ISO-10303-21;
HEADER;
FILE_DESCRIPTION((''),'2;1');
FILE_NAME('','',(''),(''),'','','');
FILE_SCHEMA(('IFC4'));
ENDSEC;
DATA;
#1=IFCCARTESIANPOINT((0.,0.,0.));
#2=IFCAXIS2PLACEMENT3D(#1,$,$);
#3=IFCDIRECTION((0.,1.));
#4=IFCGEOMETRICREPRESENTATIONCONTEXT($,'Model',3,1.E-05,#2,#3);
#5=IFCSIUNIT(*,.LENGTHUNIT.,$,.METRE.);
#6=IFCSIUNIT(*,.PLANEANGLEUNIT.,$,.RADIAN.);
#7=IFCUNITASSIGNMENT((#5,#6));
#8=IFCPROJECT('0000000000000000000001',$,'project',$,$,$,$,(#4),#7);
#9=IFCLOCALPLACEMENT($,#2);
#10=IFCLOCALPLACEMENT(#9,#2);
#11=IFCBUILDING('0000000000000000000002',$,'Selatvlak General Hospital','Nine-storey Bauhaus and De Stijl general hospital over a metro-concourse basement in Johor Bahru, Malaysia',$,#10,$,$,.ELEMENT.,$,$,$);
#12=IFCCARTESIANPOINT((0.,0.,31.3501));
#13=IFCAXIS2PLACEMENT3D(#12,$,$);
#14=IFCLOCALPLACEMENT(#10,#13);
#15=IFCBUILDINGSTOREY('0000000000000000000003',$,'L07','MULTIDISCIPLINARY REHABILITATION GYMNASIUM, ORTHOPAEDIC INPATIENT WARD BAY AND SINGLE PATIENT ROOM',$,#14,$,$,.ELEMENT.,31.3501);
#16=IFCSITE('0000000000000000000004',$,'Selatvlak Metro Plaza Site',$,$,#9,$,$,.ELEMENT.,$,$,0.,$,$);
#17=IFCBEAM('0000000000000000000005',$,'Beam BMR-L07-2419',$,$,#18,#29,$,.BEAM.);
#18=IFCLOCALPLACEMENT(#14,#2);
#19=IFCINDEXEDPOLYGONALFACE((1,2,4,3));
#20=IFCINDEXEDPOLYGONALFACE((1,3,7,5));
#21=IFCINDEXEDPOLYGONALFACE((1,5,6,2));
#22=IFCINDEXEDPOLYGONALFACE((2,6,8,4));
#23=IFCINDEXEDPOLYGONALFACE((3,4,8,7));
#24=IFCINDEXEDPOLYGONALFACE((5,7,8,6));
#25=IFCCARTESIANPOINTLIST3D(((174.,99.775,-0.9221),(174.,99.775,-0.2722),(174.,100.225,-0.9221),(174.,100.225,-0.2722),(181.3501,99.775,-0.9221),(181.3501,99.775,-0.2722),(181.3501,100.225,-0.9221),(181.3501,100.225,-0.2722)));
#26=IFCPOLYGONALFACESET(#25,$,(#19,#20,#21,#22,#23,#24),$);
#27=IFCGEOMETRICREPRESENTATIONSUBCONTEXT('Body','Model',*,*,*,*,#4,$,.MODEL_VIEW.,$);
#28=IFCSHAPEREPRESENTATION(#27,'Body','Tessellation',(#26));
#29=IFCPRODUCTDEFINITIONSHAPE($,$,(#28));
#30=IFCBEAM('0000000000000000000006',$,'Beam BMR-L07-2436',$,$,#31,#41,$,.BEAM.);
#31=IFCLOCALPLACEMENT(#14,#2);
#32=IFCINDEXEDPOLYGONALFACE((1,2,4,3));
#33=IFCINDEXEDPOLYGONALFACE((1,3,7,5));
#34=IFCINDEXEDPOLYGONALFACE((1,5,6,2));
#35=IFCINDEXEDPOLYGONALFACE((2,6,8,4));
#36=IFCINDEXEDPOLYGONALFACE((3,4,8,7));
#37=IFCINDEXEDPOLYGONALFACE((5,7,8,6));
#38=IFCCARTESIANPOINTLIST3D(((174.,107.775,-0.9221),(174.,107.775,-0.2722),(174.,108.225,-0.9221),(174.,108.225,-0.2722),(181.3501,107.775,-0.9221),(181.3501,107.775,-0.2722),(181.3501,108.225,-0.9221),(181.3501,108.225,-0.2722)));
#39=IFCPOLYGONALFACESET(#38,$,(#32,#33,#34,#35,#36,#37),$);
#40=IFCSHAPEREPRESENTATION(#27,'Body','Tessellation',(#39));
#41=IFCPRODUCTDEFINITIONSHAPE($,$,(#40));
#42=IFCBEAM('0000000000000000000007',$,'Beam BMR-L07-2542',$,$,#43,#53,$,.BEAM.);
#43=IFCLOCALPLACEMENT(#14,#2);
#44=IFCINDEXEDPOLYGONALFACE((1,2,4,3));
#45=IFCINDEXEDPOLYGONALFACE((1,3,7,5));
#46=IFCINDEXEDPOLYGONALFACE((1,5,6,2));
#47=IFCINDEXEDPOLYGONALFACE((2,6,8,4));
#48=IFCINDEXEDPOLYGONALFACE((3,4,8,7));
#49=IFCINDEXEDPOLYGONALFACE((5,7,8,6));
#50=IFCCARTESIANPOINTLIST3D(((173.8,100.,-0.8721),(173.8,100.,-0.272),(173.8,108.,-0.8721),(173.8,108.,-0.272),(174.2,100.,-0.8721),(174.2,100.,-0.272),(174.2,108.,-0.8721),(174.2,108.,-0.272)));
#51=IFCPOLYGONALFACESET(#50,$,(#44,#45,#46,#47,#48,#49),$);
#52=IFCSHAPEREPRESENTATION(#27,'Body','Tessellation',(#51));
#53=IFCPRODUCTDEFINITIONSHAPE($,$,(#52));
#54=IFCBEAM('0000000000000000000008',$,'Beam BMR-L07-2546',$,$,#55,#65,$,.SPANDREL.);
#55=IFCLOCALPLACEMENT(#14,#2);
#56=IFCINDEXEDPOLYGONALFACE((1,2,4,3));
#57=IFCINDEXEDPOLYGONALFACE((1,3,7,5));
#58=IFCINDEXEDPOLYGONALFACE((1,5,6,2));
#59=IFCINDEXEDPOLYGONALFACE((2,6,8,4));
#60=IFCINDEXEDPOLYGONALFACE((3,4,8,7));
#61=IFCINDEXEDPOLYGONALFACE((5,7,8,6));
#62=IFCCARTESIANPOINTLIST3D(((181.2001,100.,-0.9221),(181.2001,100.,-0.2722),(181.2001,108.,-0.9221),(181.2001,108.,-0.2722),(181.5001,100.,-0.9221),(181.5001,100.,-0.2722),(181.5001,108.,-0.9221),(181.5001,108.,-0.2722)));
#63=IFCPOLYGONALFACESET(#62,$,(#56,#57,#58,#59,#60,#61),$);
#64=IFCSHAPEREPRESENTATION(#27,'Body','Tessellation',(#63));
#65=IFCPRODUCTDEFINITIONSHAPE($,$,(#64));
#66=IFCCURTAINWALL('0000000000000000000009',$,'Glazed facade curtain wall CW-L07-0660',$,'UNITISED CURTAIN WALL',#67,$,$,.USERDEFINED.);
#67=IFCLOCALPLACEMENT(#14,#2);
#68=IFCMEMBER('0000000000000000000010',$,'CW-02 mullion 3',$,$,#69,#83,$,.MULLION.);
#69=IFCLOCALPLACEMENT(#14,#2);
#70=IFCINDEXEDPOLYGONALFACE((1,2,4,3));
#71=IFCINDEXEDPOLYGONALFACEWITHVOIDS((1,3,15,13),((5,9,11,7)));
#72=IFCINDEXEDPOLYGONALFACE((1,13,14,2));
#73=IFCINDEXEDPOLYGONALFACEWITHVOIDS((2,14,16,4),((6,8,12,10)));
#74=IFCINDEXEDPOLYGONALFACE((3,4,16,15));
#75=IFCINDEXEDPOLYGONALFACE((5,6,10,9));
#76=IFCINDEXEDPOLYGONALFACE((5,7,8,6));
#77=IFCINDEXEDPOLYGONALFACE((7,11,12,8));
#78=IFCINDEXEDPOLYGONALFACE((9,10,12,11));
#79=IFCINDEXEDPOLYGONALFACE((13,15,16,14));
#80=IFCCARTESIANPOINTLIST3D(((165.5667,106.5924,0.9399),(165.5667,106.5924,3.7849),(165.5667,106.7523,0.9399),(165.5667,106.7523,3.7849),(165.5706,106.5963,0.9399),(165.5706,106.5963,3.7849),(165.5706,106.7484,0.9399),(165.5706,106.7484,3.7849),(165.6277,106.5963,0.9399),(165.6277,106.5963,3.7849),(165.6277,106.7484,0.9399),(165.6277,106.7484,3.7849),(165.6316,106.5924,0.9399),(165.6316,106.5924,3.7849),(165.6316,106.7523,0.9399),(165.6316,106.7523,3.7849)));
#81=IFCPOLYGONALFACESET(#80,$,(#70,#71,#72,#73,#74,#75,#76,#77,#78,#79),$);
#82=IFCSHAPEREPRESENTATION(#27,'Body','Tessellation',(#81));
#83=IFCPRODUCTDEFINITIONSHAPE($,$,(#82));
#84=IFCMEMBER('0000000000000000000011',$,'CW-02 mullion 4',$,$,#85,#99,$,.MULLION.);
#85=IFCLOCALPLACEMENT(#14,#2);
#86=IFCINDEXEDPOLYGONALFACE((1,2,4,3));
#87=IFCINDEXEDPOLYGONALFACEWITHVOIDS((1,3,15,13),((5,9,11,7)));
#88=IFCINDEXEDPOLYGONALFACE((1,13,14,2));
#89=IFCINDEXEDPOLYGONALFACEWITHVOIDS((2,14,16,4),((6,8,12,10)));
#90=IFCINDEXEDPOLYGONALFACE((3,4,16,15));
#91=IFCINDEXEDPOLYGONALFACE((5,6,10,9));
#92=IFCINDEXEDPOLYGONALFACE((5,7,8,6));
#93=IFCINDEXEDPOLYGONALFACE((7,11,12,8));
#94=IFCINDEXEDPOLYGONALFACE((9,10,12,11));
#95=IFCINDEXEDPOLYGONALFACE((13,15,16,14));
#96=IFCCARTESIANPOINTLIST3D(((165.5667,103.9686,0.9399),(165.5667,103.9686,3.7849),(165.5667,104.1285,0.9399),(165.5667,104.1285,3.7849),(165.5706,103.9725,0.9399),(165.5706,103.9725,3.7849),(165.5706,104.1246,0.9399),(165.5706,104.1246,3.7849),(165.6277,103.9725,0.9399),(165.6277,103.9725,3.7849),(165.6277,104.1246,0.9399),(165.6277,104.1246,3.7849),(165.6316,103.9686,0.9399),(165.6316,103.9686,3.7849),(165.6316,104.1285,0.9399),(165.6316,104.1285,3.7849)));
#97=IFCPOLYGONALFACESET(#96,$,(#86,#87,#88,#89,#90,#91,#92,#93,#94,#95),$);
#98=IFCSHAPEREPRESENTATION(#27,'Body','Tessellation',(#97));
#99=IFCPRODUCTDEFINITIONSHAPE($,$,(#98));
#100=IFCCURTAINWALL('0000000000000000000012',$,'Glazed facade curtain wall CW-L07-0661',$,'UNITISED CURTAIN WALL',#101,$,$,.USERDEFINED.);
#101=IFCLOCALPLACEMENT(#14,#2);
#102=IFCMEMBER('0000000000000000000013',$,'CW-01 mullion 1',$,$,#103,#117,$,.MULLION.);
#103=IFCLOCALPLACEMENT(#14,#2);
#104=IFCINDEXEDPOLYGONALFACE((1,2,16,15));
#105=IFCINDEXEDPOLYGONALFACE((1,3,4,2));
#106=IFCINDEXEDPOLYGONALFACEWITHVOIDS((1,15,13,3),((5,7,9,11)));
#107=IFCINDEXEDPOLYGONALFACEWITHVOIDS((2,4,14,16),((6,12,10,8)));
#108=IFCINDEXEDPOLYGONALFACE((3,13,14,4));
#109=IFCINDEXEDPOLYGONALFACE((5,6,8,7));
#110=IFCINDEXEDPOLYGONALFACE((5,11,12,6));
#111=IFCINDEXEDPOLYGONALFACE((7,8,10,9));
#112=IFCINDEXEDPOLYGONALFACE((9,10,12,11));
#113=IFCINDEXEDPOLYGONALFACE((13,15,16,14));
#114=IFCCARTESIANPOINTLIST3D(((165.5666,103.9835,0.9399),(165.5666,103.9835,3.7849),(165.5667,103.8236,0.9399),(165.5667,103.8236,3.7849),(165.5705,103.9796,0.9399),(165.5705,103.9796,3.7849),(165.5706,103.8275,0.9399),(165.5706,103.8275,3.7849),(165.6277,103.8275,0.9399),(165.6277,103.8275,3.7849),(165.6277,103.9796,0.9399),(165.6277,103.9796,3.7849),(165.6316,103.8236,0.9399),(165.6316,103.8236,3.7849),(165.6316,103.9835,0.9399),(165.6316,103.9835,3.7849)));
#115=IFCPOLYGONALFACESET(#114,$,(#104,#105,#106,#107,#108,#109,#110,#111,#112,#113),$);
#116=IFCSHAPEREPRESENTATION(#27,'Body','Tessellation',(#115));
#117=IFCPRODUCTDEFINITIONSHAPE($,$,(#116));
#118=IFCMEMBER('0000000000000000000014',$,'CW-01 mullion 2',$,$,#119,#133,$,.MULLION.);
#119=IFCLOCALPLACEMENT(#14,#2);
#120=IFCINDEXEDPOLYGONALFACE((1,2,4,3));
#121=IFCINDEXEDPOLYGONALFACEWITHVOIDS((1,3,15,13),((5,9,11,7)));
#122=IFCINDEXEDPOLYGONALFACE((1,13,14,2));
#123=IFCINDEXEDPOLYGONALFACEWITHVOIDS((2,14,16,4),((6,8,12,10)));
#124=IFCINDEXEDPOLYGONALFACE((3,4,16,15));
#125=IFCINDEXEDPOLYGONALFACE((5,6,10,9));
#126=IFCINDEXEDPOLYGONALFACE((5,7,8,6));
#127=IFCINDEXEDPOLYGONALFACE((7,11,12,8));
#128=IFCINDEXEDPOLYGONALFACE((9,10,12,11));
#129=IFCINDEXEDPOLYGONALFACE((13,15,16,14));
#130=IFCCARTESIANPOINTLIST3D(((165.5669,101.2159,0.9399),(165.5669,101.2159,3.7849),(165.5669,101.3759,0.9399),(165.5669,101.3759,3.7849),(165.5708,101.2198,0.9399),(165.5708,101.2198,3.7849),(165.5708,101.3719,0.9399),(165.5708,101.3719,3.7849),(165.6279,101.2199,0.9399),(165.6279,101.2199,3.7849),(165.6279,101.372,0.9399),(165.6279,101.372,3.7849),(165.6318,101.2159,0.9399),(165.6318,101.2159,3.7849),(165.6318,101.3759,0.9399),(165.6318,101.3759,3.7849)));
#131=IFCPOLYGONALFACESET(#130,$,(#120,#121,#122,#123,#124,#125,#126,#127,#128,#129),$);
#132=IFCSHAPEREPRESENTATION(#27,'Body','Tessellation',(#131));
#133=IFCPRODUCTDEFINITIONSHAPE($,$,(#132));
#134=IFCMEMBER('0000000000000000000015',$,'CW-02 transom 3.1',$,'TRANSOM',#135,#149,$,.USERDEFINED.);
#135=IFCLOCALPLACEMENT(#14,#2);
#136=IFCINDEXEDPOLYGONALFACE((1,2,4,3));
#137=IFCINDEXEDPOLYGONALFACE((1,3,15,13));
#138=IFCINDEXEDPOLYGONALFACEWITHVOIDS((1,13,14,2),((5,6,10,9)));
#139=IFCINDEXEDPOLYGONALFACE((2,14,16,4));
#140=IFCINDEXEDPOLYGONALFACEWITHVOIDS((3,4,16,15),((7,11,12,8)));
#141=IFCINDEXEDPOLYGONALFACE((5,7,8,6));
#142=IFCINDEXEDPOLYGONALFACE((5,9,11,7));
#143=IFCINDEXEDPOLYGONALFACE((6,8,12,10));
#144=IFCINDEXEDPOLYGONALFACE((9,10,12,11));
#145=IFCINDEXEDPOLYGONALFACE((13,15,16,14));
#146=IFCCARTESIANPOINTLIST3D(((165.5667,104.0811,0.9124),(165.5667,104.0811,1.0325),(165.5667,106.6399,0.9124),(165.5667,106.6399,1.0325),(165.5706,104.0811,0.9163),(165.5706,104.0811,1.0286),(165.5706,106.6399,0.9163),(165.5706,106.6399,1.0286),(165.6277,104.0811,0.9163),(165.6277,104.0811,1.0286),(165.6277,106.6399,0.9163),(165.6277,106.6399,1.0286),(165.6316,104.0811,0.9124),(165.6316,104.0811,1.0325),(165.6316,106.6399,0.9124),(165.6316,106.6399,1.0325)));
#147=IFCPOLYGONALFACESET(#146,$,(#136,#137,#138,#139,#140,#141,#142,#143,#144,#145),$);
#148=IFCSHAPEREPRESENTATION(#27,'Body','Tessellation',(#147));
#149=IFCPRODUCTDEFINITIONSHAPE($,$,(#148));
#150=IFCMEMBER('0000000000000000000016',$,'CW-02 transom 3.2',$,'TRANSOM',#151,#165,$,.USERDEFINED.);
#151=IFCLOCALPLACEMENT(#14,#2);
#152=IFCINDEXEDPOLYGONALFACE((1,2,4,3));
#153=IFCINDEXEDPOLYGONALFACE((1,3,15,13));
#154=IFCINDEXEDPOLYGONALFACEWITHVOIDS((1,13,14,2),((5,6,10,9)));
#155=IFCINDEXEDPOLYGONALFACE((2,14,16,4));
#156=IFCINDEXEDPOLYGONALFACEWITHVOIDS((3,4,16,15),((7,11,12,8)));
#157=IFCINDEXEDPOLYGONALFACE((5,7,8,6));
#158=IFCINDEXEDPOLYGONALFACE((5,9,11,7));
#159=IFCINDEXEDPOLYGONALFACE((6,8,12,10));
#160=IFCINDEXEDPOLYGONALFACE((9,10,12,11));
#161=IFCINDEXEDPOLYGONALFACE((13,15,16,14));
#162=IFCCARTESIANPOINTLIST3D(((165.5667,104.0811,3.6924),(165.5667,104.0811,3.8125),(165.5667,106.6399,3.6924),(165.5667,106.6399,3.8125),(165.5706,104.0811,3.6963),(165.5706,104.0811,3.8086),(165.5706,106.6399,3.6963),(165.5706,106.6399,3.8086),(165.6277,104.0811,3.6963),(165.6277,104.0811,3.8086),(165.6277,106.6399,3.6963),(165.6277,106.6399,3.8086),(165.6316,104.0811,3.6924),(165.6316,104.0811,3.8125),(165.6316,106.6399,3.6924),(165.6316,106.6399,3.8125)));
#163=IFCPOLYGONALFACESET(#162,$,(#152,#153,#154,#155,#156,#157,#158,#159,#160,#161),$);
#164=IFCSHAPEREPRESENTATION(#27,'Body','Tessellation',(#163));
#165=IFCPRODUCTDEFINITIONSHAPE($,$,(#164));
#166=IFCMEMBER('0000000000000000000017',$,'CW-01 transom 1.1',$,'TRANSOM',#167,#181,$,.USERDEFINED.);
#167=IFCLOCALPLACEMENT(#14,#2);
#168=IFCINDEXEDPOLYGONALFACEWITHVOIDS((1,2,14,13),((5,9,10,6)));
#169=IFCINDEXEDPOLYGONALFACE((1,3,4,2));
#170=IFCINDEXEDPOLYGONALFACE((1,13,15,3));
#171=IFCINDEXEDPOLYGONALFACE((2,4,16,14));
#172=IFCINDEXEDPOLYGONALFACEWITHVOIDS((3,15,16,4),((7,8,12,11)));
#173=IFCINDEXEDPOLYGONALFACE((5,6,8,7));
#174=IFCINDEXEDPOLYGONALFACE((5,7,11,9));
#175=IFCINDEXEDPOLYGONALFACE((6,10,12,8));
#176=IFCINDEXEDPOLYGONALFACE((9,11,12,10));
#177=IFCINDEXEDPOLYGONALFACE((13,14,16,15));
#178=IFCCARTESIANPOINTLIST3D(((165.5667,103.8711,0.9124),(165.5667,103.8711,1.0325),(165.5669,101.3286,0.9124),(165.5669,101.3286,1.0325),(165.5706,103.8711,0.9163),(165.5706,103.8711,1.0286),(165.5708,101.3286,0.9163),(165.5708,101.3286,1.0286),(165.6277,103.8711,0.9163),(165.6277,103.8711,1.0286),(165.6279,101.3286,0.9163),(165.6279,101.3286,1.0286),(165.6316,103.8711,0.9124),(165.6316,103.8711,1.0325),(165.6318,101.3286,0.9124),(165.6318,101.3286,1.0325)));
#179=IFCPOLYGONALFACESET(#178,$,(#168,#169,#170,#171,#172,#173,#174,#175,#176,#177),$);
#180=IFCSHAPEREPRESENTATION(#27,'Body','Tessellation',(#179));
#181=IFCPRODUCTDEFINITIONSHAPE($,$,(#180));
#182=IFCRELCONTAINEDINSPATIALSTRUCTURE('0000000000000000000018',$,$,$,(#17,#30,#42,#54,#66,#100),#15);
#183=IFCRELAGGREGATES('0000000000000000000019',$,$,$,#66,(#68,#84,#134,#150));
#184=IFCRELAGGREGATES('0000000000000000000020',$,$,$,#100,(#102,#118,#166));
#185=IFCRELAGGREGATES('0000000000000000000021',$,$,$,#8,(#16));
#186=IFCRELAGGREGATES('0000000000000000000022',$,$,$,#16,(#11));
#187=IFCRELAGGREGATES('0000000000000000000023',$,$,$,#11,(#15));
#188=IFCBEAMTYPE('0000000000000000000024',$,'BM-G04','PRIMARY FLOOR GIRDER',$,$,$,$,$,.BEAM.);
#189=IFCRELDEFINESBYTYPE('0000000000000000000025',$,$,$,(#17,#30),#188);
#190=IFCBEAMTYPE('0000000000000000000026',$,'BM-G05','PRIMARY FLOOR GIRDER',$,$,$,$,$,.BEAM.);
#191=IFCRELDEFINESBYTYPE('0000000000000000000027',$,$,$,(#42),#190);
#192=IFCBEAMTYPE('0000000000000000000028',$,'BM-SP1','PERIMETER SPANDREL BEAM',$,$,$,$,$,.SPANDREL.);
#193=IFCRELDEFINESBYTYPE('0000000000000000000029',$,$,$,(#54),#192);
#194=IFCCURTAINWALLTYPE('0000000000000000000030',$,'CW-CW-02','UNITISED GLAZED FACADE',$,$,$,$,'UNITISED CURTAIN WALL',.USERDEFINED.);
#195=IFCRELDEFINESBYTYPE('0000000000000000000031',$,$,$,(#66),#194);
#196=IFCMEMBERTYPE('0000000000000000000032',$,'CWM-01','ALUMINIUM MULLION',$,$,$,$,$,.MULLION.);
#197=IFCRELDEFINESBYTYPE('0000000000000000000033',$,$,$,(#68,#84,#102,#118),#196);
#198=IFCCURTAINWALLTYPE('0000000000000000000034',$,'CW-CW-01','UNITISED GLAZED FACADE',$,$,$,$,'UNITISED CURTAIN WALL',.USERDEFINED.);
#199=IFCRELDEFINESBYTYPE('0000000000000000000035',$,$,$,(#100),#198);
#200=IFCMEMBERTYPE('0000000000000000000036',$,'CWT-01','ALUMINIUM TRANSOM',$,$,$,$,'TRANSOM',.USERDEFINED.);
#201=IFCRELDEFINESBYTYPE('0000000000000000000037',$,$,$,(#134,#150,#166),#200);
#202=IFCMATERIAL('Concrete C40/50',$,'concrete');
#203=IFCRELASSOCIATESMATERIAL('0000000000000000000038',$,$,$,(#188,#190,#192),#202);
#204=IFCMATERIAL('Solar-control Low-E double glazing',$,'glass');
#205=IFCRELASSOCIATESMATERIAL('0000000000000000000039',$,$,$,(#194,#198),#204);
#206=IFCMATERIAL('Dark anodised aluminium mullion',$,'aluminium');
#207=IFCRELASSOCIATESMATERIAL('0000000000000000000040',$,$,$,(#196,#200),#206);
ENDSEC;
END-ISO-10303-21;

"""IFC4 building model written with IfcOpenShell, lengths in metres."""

from ifc_helpers import new_model, si_unit, direction, frame, origin, origin_2d, place, context, subcontext, project, spatial, rectangle, hollow_rectangle, extrude, material, material_profile, profile_set, type_object, element, aggregate, save


model = new_model("IFC4")

# Units and contexts
model_context = context("Model", 3, precision=1e-05, world=origin(), true_north=direction((0.0, 1.0)))
body_context = subcontext(model_context, "Body", "Model", "MODEL_VIEW")
ifc_project = project(units=[si_unit("LENGTHUNIT", "METRE"), si_unit("PLANEANGLEUNIT", "RADIAN")], contexts=[model_context])

# Site, building, storey
site_placement = place(None, origin())
site = spatial("IfcSite", under=ifc_project, at=site_placement, Name="Selatvlak Metro Plaza Site", CompositionType="ELEMENT", RefElevation=0.0)
building_placement = place(site_placement, origin())
building = spatial("IfcBuilding", under=site, at=building_placement, Name="Selatvlak General Hospital", Description="Nine-storey Bauhaus and De Stijl general hospital over a metro-concourse basement in Johor Bahru, Malaysia", CompositionType="ELEMENT")
storey_placement = place(building_placement, frame((0.0, 0.0, 31.3501)))
storey = spatial("IfcBuildingStorey", under=building, at=storey_placement, Name="L07", Description="MULTIDISCIPLINARY REHABILITATION GYMNASIUM, ORTHOPAEDIC INPATIENT WARD BAY AND SINGLE PATIENT ROOM", CompositionType="ELEMENT", Elevation=31.3501)

# Beams
ifc_material_1 = material(Name="Concrete C40/50", Category="concrete")
ifc_material_profile_1 = material_profile(ifc_material_1, rectangle(XDim=0.45, YDim=0.6499, at=origin_2d()), Name="RC-BM 450x650")
ifc_profile_set_1 = profile_set([ifc_material_profile_1], Name="Concrete C40/50")
beam_type_1 = type_object("IfcBeamType", Name="BM-G04", Description="PRIMARY FLOOR GIRDER", PredefinedType="BEAM", material=ifc_profile_set_1)
for number, where, z_axis, x_axis, name in (
    (1, (174.0, 100.0, -0.5972), (1.0, 0.0, 0.0), (0.0, 1.0, 0.0), "Beam BMR-L07-2419"),
    (2, (174.0, 108.0, -0.5972), (1.0, 0.0, 0.0), (0.0, 1.0, 0.0), "Beam BMR-L07-2436"),
):
    element("IfcBeam", number, at=place(storey_placement, frame(where, z_axis=z_axis, x_axis=x_axis)), inside=storey, type_object=beam_type_1, Name=name, PredefinedType="BEAM", context=body_context, shape_type="SweptSolid", body=[
        extrude(rectangle(XDim=0.45, YDim=0.6499, at=origin_2d()), origin(), (0.0, 0.0, 1.0), 7.3501),
    ])
ifc_material_profile_2 = material_profile(ifc_material_1, rectangle(XDim=0.3999, YDim=0.6001, at=origin_2d()), Name="RC-BM 400x600")
ifc_profile_set_2 = profile_set([ifc_material_profile_2], Name="Concrete C40/50")
beam_type_2 = type_object("IfcBeamType", Name="BM-G05", Description="PRIMARY FLOOR GIRDER", PredefinedType="BEAM", material=ifc_profile_set_2)
beam_1_placement = place(storey_placement, frame((174.0, 100.0, -0.572), z_axis=(0.0, 1.0, 0.0), x_axis=(-1.0, 0.0, 0.0)))
element("IfcBeam", 3, at=beam_1_placement, inside=storey, type_object=beam_type_2, Name="Beam BMR-L07-2542", PredefinedType="BEAM", context=body_context, shape_type="SweptSolid", body=[
    extrude(rectangle(XDim=0.3999, YDim=0.6001, at=origin_2d()), origin(), (0.0, 0.0, 1.0), 8.0),
])
ifc_material_profile_3 = material_profile(ifc_material_1, rectangle(XDim=0.3, YDim=0.6499, at=origin_2d()), Name="RC-SP 300x650")
ifc_profile_set_3 = profile_set([ifc_material_profile_3], Name="Concrete C40/50")
beam_type_3 = type_object("IfcBeamType", Name="BM-SP1", Description="PERIMETER SPANDREL BEAM", PredefinedType="SPANDREL", material=ifc_profile_set_3)
beam_2_placement = place(storey_placement, frame((181.3501, 100.0, -0.5972), z_axis=(0.0, 1.0, 0.0), x_axis=(-1.0, 0.0, 0.0)))
element("IfcBeam", 4, at=beam_2_placement, inside=storey, type_object=beam_type_3, Name="Beam BMR-L07-2546", PredefinedType="SPANDREL", context=body_context, shape_type="SweptSolid", body=[
    extrude(rectangle(XDim=0.3, YDim=0.6499, at=origin_2d()), origin(), (0.0, 0.0, 1.0), 8.0),
])

# Curtain walls, members
ifc_material_2 = material(Name="Solar-control Low-E double glazing", Category="glass")
curtain_wall_type_1 = type_object("IfcCurtainWallType", Name="CW-CW-02", Description="UNITISED GLAZED FACADE", ElementType="UNITISED CURTAIN WALL", PredefinedType="USERDEFINED", material=ifc_material_2)
curtain_wall_1_placement = place(storey_placement, origin())
curtain_wall_1 = element("IfcCurtainWall", 5, at=curtain_wall_1_placement, inside=storey, type_object=curtain_wall_type_1, Name="Glazed facade curtain wall CW-L07-0660", ObjectType="UNITISED CURTAIN WALL", PredefinedType="USERDEFINED")
ifc_material_3 = material(Name="Dark anodised aluminium mullion", Category="aluminium")
ifc_material_profile_4 = material_profile(ifc_material_3, hollow_rectangle(XDim=0.0649, YDim=0.1599, WallThickness=0.0039, at=origin_2d()), Name="AL-MUL 65x160x4")
ifc_profile_set_4 = profile_set([ifc_material_profile_4], Name="Dark anodised aluminium mullion")
member_type_1 = type_object("IfcMemberType", Name="CWM-01", Description="ALUMINIUM MULLION", PredefinedType="MULLION", material=ifc_profile_set_4)
member_1_placement = place(storey_placement, frame((165.5991, 106.6724, 0.9399), z_axis=(0.0, 0.0, 1.0), x_axis=(1.0, 0.0, 0.0)))
member_1 = element("IfcMember", 6, at=member_1_placement, type_object=member_type_1, Name="CW-02 mullion 3", PredefinedType="MULLION", context=body_context, shape_type="SweptSolid", body=[
    extrude(hollow_rectangle(XDim=0.0649, YDim=0.1599, WallThickness=0.0039, at=origin_2d()), origin(), (0.0, 0.0, 1.0), 2.845),
])
member_2_placement = place(storey_placement, frame((165.5991, 104.0486, 0.9399), z_axis=(0.0, 0.0, 1.0), x_axis=(1.0, 0.0, 0.0)))
member_2 = element("IfcMember", 7, at=member_2_placement, type_object=member_type_1, Name="CW-02 mullion 4", PredefinedType="MULLION", context=body_context, shape_type="SweptSolid", body=[
    extrude(hollow_rectangle(XDim=0.0649, YDim=0.1599, WallThickness=0.0039, at=origin_2d()), origin(), (0.0, 0.0, 1.0), 2.845),
])
curtain_wall_type_2 = type_object("IfcCurtainWallType", Name="CW-CW-01", Description="UNITISED GLAZED FACADE", ElementType="UNITISED CURTAIN WALL", PredefinedType="USERDEFINED", material=ifc_material_2)
curtain_wall_2_placement = place(storey_placement, origin())
curtain_wall_2 = element("IfcCurtainWall", 8, at=curtain_wall_2_placement, inside=storey, type_object=curtain_wall_type_2, Name="Glazed facade curtain wall CW-L07-0661", ObjectType="UNITISED CURTAIN WALL", PredefinedType="USERDEFINED")
member_3_placement = place(storey_placement, frame((165.5991, 103.9036, 0.9399), z_axis=(0.0, 0.0, 1.0), x_axis=(1.0, 0.000126, 0.0)))
member_3 = element("IfcMember", 9, at=member_3_placement, type_object=member_type_1, Name="CW-01 mullion 1", PredefinedType="MULLION", context=body_context, shape_type="SweptSolid", body=[
    extrude(hollow_rectangle(XDim=0.0649, YDim=0.1599, WallThickness=0.0039, at=origin_2d()), origin(), (0.0, 0.0, 1.0), 2.845),
])
member_4_placement = place(storey_placement, frame((165.5994, 101.2959, 0.9399), z_axis=(0.0, 0.0, 1.0), x_axis=(1.0, 0.000126, 0.0)))
member_4 = element("IfcMember", 10, at=member_4_placement, type_object=member_type_1, Name="CW-01 mullion 2", PredefinedType="MULLION", context=body_context, shape_type="SweptSolid", body=[
    extrude(hollow_rectangle(XDim=0.0649, YDim=0.1599, WallThickness=0.0039, at=origin_2d()), origin(), (0.0, 0.0, 1.0), 2.845),
])

# Members
ifc_material_profile_5 = material_profile(ifc_material_3, hollow_rectangle(XDim=0.0649, YDim=0.1201, WallThickness=0.0039, at=origin_2d()), Name="AL-TRN 65x120x4")
ifc_profile_set_5 = profile_set([ifc_material_profile_5], Name="Dark anodised aluminium mullion")
member_type_2 = type_object("IfcMemberType", Name="CWT-01", Description="ALUMINIUM TRANSOM", ElementType="TRANSOM", PredefinedType="USERDEFINED", material=ifc_profile_set_5)
member_5_placement = place(storey_placement, frame((165.5991, 106.6399, 0.9724), z_axis=(0.0, -1.0, 0.0), x_axis=(1.0, 0.0, 0.0)))
member_5 = element("IfcMember", 11, at=member_5_placement, type_object=member_type_2, Name="CW-02 transom 3.1", ObjectType="TRANSOM", PredefinedType="USERDEFINED", context=body_context, shape_type="SweptSolid", body=[
    extrude(hollow_rectangle(XDim=0.0649, YDim=0.1201, WallThickness=0.0039, at=origin_2d()), origin(), (0.0, 0.0, 1.0), 2.5588),
])
member_6_placement = place(storey_placement, frame((165.5991, 106.6399, 3.7524), z_axis=(0.0, -1.0, 0.0), x_axis=(1.0, 0.0, 0.0)))
member_6 = element("IfcMember", 12, at=member_6_placement, type_object=member_type_2, Name="CW-02 transom 3.2", ObjectType="TRANSOM", PredefinedType="USERDEFINED", context=body_context, shape_type="SweptSolid", body=[
    extrude(hollow_rectangle(XDim=0.0649, YDim=0.1201, WallThickness=0.0039, at=origin_2d()), origin(), (0.0, 0.0, 1.0), 2.5588),
])
member_7_placement = place(storey_placement, frame((165.5991, 103.8711, 0.9724), z_axis=(0.000096, -1.0, 0.0), x_axis=(1.0, 0.000096, 0.0)))
member_7 = element("IfcMember", 13, at=member_7_placement, type_object=member_type_2, Name="CW-01 transom 1.1", ObjectType="TRANSOM", PredefinedType="USERDEFINED", context=body_context, shape_type="SweptSolid", body=[
    extrude(hollow_rectangle(XDim=0.0649, YDim=0.1201, WallThickness=0.0039, at=origin_2d()), origin(), (0.0, 0.0, 1.0), 2.5425),
])

aggregate(curtain_wall_1, [member_1, member_2, member_5, member_6])
aggregate(curtain_wall_2, [member_3, member_4, member_7])

save(model, "model.ifc")
